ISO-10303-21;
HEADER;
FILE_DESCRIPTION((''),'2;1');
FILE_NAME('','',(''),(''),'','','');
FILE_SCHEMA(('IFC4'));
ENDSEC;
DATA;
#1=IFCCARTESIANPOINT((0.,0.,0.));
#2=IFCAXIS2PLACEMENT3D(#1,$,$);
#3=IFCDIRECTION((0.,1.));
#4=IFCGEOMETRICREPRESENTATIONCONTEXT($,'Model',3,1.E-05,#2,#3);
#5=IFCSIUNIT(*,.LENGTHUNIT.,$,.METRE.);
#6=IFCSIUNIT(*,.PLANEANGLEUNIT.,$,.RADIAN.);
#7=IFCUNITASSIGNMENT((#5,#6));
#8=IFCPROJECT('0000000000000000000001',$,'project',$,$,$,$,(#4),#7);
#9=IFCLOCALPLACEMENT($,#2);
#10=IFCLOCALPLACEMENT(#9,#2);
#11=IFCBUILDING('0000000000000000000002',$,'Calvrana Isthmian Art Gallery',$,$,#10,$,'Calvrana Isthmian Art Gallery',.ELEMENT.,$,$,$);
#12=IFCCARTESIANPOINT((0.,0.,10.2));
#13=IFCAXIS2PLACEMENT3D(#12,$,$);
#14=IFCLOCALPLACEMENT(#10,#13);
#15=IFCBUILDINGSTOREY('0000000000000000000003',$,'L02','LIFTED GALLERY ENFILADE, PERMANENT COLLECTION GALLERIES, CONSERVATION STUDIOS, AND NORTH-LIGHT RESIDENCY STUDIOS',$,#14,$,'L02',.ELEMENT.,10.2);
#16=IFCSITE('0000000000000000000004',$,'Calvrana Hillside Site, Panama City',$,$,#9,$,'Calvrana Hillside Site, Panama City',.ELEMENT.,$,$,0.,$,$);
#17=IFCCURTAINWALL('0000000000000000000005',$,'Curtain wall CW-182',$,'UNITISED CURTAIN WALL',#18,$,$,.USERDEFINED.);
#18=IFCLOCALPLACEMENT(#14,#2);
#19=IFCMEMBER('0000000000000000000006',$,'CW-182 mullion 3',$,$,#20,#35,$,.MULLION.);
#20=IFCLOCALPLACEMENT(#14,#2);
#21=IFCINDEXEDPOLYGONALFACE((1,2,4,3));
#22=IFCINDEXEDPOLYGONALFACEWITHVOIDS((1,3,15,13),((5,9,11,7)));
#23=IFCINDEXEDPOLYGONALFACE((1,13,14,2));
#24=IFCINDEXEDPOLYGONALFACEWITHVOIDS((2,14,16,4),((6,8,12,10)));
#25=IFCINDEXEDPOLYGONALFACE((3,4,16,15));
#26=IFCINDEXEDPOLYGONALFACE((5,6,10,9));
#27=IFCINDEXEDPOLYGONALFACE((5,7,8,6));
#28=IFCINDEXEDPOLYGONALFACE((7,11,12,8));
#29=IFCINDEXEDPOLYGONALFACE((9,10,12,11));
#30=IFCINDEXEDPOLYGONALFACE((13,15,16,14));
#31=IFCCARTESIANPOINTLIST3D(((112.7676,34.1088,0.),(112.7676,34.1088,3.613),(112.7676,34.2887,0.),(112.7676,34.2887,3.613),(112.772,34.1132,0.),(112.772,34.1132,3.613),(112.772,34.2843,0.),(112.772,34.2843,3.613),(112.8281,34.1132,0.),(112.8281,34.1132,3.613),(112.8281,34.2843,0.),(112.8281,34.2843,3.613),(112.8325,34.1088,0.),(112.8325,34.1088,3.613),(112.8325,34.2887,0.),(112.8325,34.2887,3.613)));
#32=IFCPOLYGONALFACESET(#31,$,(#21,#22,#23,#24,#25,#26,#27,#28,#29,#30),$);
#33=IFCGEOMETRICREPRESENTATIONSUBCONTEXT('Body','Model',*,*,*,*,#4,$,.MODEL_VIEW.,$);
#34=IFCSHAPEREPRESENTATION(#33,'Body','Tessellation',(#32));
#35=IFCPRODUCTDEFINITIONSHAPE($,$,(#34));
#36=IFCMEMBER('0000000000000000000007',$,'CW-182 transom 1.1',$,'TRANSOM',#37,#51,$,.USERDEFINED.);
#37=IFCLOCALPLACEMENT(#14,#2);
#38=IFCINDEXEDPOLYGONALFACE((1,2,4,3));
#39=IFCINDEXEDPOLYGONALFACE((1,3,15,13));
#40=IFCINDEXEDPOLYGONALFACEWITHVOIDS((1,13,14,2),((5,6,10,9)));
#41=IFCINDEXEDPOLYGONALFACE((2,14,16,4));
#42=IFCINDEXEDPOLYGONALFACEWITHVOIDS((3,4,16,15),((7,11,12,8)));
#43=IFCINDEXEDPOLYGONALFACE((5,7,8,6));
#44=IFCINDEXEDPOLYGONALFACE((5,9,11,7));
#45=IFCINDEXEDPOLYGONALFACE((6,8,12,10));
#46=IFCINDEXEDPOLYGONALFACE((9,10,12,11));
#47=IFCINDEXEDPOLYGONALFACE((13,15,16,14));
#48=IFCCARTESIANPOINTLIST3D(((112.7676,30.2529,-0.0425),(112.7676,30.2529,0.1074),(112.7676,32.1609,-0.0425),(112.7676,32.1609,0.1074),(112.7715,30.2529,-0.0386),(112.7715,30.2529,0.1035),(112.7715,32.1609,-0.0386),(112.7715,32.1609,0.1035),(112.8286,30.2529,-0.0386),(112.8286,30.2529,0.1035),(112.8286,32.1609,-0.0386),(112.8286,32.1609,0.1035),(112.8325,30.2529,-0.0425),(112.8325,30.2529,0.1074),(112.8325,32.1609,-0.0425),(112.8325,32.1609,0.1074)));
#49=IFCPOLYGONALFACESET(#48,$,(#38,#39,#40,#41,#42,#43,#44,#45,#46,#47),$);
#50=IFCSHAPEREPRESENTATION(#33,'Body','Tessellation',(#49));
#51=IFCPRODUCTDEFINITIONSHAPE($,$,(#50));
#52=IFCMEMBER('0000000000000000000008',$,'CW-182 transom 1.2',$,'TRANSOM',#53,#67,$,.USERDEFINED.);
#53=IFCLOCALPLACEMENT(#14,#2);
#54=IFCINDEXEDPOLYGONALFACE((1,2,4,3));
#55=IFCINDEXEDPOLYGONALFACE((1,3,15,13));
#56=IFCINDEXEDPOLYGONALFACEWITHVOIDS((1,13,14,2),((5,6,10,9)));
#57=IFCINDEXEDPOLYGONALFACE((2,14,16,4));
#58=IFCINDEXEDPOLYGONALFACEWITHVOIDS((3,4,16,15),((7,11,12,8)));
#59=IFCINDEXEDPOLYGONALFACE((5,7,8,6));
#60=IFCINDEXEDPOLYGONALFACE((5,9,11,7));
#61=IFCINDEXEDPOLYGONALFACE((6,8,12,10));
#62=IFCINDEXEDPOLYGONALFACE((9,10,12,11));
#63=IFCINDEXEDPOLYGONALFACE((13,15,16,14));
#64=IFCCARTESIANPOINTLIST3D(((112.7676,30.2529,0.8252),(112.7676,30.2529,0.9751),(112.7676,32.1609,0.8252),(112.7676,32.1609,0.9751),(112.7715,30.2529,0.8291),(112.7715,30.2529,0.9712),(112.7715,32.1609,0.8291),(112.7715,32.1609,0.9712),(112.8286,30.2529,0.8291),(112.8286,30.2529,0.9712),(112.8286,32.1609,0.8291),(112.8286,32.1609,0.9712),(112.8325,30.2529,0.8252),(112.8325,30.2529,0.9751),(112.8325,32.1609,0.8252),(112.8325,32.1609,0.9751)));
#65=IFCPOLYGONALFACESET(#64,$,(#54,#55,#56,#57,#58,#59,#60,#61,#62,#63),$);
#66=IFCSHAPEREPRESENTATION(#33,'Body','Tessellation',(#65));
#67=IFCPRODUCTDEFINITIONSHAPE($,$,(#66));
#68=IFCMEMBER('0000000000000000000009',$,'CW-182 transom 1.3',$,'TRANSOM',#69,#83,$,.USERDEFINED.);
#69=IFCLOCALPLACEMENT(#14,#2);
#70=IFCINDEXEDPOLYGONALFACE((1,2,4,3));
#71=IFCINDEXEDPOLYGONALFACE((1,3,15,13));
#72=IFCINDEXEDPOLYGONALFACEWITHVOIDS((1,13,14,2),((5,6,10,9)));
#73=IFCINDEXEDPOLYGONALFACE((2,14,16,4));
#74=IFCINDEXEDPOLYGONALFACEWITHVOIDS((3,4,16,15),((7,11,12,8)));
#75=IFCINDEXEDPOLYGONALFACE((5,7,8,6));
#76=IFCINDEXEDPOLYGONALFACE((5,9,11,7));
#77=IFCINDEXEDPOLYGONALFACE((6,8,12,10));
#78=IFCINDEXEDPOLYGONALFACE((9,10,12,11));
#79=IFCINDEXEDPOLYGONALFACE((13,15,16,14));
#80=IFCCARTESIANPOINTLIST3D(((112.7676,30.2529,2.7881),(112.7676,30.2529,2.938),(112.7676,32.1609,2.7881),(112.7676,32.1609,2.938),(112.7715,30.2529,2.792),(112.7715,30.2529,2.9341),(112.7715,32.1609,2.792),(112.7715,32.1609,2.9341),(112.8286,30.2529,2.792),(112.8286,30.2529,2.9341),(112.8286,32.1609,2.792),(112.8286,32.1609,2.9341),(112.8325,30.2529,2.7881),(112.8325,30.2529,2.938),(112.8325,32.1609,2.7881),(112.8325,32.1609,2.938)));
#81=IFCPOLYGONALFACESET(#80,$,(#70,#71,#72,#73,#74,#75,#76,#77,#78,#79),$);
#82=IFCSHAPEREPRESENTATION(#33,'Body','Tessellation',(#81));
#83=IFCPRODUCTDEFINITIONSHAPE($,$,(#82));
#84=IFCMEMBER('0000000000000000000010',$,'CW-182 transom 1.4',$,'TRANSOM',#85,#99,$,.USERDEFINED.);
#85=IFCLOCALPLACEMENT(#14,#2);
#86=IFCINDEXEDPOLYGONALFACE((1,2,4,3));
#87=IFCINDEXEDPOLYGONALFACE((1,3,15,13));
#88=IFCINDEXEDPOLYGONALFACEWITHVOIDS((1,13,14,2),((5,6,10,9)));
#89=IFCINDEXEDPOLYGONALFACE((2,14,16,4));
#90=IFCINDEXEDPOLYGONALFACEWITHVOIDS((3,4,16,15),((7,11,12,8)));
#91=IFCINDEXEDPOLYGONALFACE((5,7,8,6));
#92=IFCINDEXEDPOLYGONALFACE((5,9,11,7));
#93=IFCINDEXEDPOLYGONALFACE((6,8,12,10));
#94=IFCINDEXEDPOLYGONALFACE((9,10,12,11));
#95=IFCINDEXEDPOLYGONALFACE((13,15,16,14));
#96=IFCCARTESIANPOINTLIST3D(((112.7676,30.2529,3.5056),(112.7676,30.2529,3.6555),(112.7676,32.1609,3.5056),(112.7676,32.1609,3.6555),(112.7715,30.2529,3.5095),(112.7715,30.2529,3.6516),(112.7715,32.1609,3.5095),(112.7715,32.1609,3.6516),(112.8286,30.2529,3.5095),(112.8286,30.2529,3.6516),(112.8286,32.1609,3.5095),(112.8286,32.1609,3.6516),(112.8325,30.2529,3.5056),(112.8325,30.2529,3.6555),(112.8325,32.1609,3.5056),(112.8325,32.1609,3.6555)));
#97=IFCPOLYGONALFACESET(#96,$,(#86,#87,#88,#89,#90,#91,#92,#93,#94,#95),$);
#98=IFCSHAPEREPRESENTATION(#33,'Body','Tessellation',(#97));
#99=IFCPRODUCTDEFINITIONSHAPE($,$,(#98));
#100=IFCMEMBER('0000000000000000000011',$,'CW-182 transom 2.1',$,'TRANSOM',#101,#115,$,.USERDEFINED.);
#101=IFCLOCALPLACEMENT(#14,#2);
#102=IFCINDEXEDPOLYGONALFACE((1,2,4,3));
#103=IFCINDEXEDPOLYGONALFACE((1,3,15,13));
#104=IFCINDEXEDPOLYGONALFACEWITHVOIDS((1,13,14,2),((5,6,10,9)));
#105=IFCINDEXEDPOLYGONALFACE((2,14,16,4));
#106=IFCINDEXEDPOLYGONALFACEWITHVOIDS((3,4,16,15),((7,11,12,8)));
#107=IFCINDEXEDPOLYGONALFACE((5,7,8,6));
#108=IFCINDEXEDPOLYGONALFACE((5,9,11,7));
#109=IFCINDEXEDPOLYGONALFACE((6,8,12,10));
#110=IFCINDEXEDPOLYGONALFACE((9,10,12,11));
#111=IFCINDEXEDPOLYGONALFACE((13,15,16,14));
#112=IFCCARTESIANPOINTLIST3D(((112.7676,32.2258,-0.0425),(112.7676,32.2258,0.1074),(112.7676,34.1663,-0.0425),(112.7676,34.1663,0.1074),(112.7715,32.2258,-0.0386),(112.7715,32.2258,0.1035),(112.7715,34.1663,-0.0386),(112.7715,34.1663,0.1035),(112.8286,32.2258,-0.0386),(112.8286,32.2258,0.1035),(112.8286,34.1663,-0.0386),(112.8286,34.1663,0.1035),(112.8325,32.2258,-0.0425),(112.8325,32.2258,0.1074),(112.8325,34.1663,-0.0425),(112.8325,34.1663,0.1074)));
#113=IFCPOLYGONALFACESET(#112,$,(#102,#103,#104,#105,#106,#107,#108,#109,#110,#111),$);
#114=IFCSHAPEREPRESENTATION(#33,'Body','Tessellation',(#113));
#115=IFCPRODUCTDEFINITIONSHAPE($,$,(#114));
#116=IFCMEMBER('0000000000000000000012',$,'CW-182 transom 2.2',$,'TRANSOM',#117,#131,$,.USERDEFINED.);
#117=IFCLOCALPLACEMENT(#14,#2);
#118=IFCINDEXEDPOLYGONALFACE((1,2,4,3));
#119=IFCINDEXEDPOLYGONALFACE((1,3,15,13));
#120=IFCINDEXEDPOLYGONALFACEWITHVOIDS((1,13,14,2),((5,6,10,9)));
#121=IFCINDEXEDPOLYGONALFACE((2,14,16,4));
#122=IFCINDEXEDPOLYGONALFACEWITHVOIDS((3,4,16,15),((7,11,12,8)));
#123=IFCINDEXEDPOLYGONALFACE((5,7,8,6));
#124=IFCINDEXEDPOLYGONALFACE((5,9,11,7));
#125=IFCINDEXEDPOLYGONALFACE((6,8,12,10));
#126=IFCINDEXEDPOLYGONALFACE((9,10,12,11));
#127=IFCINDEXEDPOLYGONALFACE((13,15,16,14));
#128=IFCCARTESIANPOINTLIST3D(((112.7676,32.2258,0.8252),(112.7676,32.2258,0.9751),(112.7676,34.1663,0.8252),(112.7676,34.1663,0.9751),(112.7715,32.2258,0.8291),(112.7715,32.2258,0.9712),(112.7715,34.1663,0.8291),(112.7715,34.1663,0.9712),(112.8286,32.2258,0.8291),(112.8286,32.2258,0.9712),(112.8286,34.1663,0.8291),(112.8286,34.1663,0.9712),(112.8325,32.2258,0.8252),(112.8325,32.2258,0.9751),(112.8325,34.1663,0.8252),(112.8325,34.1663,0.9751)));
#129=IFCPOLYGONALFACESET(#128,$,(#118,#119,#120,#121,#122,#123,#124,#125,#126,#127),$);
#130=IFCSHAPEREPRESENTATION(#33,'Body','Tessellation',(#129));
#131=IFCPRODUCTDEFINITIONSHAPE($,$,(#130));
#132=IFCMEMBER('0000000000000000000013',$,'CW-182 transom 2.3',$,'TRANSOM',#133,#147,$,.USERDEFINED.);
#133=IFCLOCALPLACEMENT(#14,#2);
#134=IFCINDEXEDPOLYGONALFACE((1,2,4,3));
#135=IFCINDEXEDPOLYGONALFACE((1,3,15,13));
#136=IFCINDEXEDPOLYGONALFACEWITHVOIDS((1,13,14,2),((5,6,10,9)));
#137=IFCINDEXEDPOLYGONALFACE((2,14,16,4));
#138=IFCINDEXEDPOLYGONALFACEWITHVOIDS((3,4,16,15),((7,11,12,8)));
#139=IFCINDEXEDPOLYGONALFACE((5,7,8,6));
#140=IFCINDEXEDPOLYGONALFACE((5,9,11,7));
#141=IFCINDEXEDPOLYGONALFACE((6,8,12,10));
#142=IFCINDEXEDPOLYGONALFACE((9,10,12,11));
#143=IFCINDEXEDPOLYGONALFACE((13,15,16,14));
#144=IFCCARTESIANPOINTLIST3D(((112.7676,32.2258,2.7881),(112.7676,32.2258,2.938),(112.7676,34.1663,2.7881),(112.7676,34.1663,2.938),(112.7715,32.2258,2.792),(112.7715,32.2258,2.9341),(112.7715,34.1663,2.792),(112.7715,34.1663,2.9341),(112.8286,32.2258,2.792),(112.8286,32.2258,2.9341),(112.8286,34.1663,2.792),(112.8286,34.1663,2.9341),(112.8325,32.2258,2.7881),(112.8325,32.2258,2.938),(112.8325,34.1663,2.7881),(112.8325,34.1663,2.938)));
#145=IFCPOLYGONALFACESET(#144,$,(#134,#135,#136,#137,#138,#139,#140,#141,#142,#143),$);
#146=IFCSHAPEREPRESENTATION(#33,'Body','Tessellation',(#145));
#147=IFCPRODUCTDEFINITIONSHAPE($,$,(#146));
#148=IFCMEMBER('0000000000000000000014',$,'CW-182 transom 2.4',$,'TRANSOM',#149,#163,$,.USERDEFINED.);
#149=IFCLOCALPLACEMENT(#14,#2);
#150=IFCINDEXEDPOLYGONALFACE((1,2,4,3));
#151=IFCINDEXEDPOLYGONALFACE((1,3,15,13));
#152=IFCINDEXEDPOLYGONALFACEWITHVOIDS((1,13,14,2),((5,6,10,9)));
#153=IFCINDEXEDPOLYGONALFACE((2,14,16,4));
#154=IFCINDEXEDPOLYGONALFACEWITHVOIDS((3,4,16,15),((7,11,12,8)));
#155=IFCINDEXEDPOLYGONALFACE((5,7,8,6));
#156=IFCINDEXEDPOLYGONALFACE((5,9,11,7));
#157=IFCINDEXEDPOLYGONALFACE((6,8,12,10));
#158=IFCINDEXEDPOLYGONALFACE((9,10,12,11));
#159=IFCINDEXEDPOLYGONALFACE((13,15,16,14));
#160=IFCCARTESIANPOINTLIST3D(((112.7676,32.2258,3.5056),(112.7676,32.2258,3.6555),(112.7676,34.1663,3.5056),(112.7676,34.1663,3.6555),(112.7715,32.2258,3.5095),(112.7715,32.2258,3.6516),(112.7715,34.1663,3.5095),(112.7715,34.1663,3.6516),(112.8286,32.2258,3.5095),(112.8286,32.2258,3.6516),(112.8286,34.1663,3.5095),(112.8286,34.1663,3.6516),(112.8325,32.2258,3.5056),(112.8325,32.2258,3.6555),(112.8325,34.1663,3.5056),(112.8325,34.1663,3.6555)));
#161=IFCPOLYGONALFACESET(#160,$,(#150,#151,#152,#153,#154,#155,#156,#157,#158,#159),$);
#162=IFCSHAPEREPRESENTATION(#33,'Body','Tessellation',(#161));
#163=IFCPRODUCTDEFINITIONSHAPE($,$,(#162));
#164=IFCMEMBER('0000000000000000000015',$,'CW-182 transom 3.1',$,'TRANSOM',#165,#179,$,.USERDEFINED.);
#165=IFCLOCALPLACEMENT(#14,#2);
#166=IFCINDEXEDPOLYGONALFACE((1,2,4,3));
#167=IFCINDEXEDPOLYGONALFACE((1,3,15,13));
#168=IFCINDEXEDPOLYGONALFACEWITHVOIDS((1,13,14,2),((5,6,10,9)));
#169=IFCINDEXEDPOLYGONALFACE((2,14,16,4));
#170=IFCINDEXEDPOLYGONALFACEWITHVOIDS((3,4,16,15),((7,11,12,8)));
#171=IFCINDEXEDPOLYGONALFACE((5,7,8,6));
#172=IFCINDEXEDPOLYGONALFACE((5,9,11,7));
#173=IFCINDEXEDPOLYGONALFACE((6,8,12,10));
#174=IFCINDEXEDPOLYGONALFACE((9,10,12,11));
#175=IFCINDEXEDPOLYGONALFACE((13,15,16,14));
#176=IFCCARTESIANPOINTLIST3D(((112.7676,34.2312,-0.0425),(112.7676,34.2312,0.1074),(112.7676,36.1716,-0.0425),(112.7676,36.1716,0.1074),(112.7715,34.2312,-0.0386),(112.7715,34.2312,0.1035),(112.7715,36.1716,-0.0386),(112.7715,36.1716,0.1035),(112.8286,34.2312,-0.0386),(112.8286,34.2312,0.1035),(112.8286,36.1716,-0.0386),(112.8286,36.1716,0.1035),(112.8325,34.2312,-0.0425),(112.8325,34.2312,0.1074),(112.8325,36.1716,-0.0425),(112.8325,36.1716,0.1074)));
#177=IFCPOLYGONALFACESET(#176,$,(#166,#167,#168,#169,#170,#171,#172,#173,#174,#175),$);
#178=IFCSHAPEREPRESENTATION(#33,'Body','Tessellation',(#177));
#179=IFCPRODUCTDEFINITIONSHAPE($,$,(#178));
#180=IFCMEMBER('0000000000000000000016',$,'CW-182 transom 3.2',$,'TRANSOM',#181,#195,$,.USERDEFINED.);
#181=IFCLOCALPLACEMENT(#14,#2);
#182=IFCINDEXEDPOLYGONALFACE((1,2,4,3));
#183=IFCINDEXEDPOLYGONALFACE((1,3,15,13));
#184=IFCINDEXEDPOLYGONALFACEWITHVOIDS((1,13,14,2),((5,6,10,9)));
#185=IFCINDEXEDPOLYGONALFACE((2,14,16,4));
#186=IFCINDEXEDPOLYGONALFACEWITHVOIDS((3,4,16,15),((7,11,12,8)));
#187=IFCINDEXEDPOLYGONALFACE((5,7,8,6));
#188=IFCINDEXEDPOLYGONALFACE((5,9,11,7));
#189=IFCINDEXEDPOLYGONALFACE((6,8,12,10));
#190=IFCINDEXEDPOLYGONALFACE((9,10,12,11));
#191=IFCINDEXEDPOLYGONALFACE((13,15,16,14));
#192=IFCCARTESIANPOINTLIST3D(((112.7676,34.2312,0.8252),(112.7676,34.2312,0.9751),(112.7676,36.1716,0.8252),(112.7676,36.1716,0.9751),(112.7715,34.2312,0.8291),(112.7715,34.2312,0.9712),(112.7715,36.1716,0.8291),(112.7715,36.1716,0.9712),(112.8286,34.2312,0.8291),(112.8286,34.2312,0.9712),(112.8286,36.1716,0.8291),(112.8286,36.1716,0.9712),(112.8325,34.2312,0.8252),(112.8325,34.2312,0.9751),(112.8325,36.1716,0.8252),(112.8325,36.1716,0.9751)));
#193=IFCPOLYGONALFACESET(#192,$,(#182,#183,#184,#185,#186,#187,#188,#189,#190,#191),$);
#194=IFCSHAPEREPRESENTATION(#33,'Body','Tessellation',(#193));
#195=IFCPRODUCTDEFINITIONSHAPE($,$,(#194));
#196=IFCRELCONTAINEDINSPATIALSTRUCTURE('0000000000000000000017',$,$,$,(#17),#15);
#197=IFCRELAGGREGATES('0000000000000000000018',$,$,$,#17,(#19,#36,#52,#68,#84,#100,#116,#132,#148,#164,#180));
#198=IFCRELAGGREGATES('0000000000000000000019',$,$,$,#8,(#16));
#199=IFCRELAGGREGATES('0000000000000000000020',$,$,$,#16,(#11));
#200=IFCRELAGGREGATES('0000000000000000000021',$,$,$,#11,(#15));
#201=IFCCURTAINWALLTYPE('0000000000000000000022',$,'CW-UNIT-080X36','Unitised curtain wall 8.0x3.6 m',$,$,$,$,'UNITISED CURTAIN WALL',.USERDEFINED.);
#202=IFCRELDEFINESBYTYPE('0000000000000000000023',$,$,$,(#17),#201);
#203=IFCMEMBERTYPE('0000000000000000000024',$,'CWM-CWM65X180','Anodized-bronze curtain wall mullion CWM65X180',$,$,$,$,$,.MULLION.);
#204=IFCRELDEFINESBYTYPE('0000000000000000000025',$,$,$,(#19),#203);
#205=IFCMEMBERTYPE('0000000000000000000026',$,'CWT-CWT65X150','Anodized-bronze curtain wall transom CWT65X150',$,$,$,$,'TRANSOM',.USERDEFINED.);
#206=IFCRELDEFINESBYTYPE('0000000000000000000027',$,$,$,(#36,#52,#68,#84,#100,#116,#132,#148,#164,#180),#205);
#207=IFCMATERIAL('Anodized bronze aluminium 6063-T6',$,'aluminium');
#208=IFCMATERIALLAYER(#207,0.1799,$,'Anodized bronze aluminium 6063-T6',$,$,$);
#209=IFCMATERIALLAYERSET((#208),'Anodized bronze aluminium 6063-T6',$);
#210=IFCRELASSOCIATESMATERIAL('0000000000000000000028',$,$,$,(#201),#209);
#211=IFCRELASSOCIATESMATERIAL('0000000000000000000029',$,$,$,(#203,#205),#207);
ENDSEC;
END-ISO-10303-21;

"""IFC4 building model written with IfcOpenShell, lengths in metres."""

from ifc_helpers import new_model, si_unit, direction, frame, origin, origin_2d, place, context, subcontext, project, spatial, hollow_rectangle, extrude, material, layer, layer_set, material_profile, profile_set, type_object, element, aggregate, save


model = new_model("IFC4")

# Units and contexts
model_context = context("Model", 3, precision=1e-05, world=origin(), true_north=direction((0.0, 1.0)))
body_context = subcontext(model_context, "Body", "Model", "MODEL_VIEW")
ifc_project = project(units=[si_unit("LENGTHUNIT", "METRE"), si_unit("PLANEANGLEUNIT", "RADIAN")], contexts=[model_context])

# Site, building, storey
site_placement = place(None, origin())
site = spatial("IfcSite", under=ifc_project, at=site_placement, Name="Calvrana Hillside Site, Panama City", LongName="Calvrana Hillside Site, Panama City", CompositionType="ELEMENT", RefElevation=0.0)
building_placement = place(site_placement, origin())
building = spatial("IfcBuilding", under=site, at=building_placement, Name="Calvrana Isthmian Art Gallery", LongName="Calvrana Isthmian Art Gallery", CompositionType="ELEMENT")
storey_placement = place(building_placement, frame((0.0, 0.0, 10.2)))
storey = spatial("IfcBuildingStorey", under=building, at=storey_placement, Name="L02", Description="LIFTED GALLERY ENFILADE, PERMANENT COLLECTION GALLERIES, CONSERVATION STUDIOS, AND NORTH-LIGHT RESIDENCY STUDIOS", LongName="L02", CompositionType="ELEMENT", Elevation=10.2)

# Curtain wall, members
ifc_material_1 = material(Name="Anodized bronze aluminium 6063-T6", Category="aluminium")
ifc_layer_1 = layer(ifc_material_1, 0.1799, Name="Anodized bronze aluminium 6063-T6")
ifc_layer_set_1 = layer_set([ifc_layer_1], Name="Anodized bronze aluminium 6063-T6")
curtain_wall_type = type_object("IfcCurtainWallType", Name="CW-UNIT-080X36", Description="Unitised curtain wall 8.0x3.6 m", ElementType="UNITISED CURTAIN WALL", PredefinedType="USERDEFINED", material=ifc_layer_set_1)
curtain_wall_placement = place(storey_placement, origin())
curtain_wall = element("IfcCurtainWall", 1, at=curtain_wall_placement, inside=storey, type_object=curtain_wall_type, Name="Curtain wall CW-182", ObjectType="UNITISED CURTAIN WALL", PredefinedType="USERDEFINED")
ifc_material_profile_1 = material_profile(ifc_material_1, hollow_rectangle(XDim=0.0649, YDim=0.1799, WallThickness=0.0044, at=origin_2d()), Name="CWM65X180")
ifc_profile_set_1 = profile_set([ifc_material_profile_1], Name="Anodized bronze aluminium 6063-T6")
member_type_1 = type_object("IfcMemberType", Name="CWM-CWM65X180", Description="Anodized-bronze curtain wall mullion CWM65X180", PredefinedType="MULLION", material=ifc_profile_set_1)
member_1_placement = place(storey_placement, frame((112.8, 34.1987, 0.0), z_axis=(0.0, 0.0, 1.0), x_axis=(-1.0, 0.0, 0.0)))
member_1 = element("IfcMember", 2, at=member_1_placement, type_object=member_type_1, Name="CW-182 mullion 3", PredefinedType="MULLION", context=body_context, shape_type="SweptSolid", body=[
    extrude(hollow_rectangle(XDim=0.0649, YDim=0.1799, WallThickness=0.0044, at=origin_2d()), origin(), (0.0, 0.0, 1.0), 3.613),
])
ifc_material_profile_2 = material_profile(ifc_material_1, hollow_rectangle(XDim=0.0649, YDim=0.1499, WallThickness=0.0039, at=origin_2d()), Name="CWT65X150")
ifc_profile_set_2 = profile_set([ifc_material_profile_2], Name="Anodized bronze aluminium 6063-T6")
member_type_2 = type_object("IfcMemberType", Name="CWT-CWT65X150", Description="Anodized-bronze curtain wall transom CWT65X150", ElementType="TRANSOM", PredefinedType="USERDEFINED", material=ifc_profile_set_2)
member_2_placement = place(storey_placement, frame((112.8, 30.2529, 0.0325), z_axis=(0.0, 1.0, 0.0), x_axis=(-1.0, 0.0, 0.0)))
member_2 = element("IfcMember", 3, at=member_2_placement, type_object=member_type_2, Name="CW-182 transom 1.1", ObjectType="TRANSOM", PredefinedType="USERDEFINED", context=body_context, shape_type="SweptSolid", body=[
    extrude(hollow_rectangle(XDim=0.0649, YDim=0.1499, WallThickness=0.0039, at=origin_2d()), origin(), (0.0, 0.0, 1.0), 1.908),
])
member_3_placement = place(storey_placement, frame((112.8, 30.2529, 0.9001), z_axis=(0.0, 1.0, 0.0), x_axis=(-1.0, 0.0, 0.0)))
member_3 = element("IfcMember", 4, at=member_3_placement, type_object=member_type_2, Name="CW-182 transom 1.2", ObjectType="TRANSOM", PredefinedType="USERDEFINED", context=body_context, shape_type="SweptSolid", body=[
    extrude(hollow_rectangle(XDim=0.0649, YDim=0.1499, WallThickness=0.0039, at=origin_2d()), origin(), (0.0, 0.0, 1.0), 1.908),
])
member_4_placement = place(storey_placement, frame((112.8, 30.2529, 2.863), z_axis=(0.0, 1.0, 0.0), x_axis=(-1.0, 0.0, 0.0)))
member_4 = element("IfcMember", 5, at=member_4_placement, type_object=member_type_2, Name="CW-182 transom 1.3", ObjectType="TRANSOM", PredefinedType="USERDEFINED", context=body_context, shape_type="SweptSolid", body=[
    extrude(hollow_rectangle(XDim=0.0649, YDim=0.1499, WallThickness=0.0039, at=origin_2d()), origin(), (0.0, 0.0, 1.0), 1.908),
])
member_5_placement = place(storey_placement, frame((112.8, 30.2529, 3.5806), z_axis=(0.0, 1.0, 0.0), x_axis=(-1.0, 0.0, 0.0)))
member_5 = element("IfcMember", 6, at=member_5_placement, type_object=member_type_2, Name="CW-182 transom 1.4", ObjectType="TRANSOM", PredefinedType="USERDEFINED", context=body_context, shape_type="SweptSolid", body=[
    extrude(hollow_rectangle(XDim=0.0649, YDim=0.1499, WallThickness=0.0039, at=origin_2d()), origin(), (0.0, 0.0, 1.0), 1.908),
])
member_6_placement = place(storey_placement, frame((112.8, 32.2258, 0.0325), z_axis=(0.0, 1.0, 0.0), x_axis=(-1.0, 0.0, 0.0)))
member_6 = element("IfcMember", 7, at=member_6_placement, type_object=member_type_2, Name="CW-182 transom 2.1", ObjectType="TRANSOM", PredefinedType="USERDEFINED", context=body_context, shape_type="SweptSolid", body=[
    extrude(hollow_rectangle(XDim=0.0649, YDim=0.1499, WallThickness=0.0039, at=origin_2d()), origin(), (0.0, 0.0, 1.0), 1.9404),
])
member_7_placement = place(storey_placement, frame((112.8, 32.2258, 0.9001), z_axis=(0.0, 1.0, 0.0), x_axis=(-1.0, 0.0, 0.0)))
member_7 = element("IfcMember", 8, at=member_7_placement, type_object=member_type_2, Name="CW-182 transom 2.2", ObjectType="TRANSOM", PredefinedType="USERDEFINED", context=body_context, shape_type="SweptSolid", body=[
    extrude(hollow_rectangle(XDim=0.0649, YDim=0.1499, WallThickness=0.0039, at=origin_2d()), origin(), (0.0, 0.0, 1.0), 1.9404),
])
member_8_placement = place(storey_placement, frame((112.8, 32.2258, 2.863), z_axis=(0.0, 1.0, 0.0), x_axis=(-1.0, 0.0, 0.0)))
member_8 = element("IfcMember", 9, at=member_8_placement, type_object=member_type_2, Name="CW-182 transom 2.3", ObjectType="TRANSOM", PredefinedType="USERDEFINED", context=body_context, shape_type="SweptSolid", body=[
    extrude(hollow_rectangle(XDim=0.0649, YDim=0.1499, WallThickness=0.0039, at=origin_2d()), origin(), (0.0, 0.0, 1.0), 1.9404),
])
member_9_placement = place(storey_placement, frame((112.8, 32.2258, 3.5806), z_axis=(0.0, 1.0, 0.0), x_axis=(-1.0, 0.0, 0.0)))
member_9 = element("IfcMember", 10, at=member_9_placement, type_object=member_type_2, Name="CW-182 transom 2.4", ObjectType="TRANSOM", PredefinedType="USERDEFINED", context=body_context, shape_type="SweptSolid", body=[
    extrude(hollow_rectangle(XDim=0.0649, YDim=0.1499, WallThickness=0.0039, at=origin_2d()), origin(), (0.0, 0.0, 1.0), 1.9404),
])
member_10_placement = place(storey_placement, frame((112.8, 34.2312, 0.0325), z_axis=(0.0, 1.0, 0.0), x_axis=(-1.0, 0.0, 0.0)))
member_10 = element("IfcMember", 11, at=member_10_placement, type_object=member_type_2, Name="CW-182 transom 3.1", ObjectType="TRANSOM", PredefinedType="USERDEFINED", context=body_context, shape_type="SweptSolid", body=[
    extrude(hollow_rectangle(XDim=0.0649, YDim=0.1499, WallThickness=0.0039, at=origin_2d()), origin(), (0.0, 0.0, 1.0), 1.9404),
])
member_11_placement = place(storey_placement, frame((112.8, 34.2312, 0.9001), z_axis=(0.0, 1.0, 0.0), x_axis=(-1.0, 0.0, 0.0)))
member_11 = element("IfcMember", 12, at=member_11_placement, type_object=member_type_2, Name="CW-182 transom 3.2", ObjectType="TRANSOM", PredefinedType="USERDEFINED", context=body_context, shape_type="SweptSolid", body=[
    extrude(hollow_rectangle(XDim=0.0649, YDim=0.1499, WallThickness=0.0039, at=origin_2d()), origin(), (0.0, 0.0, 1.0), 1.9404),
])
aggregate(curtain_wall, [member_1, member_2, member_3, member_4, member_5, member_6, member_7, member_8, member_9, member_10, member_11])

save(model, "model.ifc")
